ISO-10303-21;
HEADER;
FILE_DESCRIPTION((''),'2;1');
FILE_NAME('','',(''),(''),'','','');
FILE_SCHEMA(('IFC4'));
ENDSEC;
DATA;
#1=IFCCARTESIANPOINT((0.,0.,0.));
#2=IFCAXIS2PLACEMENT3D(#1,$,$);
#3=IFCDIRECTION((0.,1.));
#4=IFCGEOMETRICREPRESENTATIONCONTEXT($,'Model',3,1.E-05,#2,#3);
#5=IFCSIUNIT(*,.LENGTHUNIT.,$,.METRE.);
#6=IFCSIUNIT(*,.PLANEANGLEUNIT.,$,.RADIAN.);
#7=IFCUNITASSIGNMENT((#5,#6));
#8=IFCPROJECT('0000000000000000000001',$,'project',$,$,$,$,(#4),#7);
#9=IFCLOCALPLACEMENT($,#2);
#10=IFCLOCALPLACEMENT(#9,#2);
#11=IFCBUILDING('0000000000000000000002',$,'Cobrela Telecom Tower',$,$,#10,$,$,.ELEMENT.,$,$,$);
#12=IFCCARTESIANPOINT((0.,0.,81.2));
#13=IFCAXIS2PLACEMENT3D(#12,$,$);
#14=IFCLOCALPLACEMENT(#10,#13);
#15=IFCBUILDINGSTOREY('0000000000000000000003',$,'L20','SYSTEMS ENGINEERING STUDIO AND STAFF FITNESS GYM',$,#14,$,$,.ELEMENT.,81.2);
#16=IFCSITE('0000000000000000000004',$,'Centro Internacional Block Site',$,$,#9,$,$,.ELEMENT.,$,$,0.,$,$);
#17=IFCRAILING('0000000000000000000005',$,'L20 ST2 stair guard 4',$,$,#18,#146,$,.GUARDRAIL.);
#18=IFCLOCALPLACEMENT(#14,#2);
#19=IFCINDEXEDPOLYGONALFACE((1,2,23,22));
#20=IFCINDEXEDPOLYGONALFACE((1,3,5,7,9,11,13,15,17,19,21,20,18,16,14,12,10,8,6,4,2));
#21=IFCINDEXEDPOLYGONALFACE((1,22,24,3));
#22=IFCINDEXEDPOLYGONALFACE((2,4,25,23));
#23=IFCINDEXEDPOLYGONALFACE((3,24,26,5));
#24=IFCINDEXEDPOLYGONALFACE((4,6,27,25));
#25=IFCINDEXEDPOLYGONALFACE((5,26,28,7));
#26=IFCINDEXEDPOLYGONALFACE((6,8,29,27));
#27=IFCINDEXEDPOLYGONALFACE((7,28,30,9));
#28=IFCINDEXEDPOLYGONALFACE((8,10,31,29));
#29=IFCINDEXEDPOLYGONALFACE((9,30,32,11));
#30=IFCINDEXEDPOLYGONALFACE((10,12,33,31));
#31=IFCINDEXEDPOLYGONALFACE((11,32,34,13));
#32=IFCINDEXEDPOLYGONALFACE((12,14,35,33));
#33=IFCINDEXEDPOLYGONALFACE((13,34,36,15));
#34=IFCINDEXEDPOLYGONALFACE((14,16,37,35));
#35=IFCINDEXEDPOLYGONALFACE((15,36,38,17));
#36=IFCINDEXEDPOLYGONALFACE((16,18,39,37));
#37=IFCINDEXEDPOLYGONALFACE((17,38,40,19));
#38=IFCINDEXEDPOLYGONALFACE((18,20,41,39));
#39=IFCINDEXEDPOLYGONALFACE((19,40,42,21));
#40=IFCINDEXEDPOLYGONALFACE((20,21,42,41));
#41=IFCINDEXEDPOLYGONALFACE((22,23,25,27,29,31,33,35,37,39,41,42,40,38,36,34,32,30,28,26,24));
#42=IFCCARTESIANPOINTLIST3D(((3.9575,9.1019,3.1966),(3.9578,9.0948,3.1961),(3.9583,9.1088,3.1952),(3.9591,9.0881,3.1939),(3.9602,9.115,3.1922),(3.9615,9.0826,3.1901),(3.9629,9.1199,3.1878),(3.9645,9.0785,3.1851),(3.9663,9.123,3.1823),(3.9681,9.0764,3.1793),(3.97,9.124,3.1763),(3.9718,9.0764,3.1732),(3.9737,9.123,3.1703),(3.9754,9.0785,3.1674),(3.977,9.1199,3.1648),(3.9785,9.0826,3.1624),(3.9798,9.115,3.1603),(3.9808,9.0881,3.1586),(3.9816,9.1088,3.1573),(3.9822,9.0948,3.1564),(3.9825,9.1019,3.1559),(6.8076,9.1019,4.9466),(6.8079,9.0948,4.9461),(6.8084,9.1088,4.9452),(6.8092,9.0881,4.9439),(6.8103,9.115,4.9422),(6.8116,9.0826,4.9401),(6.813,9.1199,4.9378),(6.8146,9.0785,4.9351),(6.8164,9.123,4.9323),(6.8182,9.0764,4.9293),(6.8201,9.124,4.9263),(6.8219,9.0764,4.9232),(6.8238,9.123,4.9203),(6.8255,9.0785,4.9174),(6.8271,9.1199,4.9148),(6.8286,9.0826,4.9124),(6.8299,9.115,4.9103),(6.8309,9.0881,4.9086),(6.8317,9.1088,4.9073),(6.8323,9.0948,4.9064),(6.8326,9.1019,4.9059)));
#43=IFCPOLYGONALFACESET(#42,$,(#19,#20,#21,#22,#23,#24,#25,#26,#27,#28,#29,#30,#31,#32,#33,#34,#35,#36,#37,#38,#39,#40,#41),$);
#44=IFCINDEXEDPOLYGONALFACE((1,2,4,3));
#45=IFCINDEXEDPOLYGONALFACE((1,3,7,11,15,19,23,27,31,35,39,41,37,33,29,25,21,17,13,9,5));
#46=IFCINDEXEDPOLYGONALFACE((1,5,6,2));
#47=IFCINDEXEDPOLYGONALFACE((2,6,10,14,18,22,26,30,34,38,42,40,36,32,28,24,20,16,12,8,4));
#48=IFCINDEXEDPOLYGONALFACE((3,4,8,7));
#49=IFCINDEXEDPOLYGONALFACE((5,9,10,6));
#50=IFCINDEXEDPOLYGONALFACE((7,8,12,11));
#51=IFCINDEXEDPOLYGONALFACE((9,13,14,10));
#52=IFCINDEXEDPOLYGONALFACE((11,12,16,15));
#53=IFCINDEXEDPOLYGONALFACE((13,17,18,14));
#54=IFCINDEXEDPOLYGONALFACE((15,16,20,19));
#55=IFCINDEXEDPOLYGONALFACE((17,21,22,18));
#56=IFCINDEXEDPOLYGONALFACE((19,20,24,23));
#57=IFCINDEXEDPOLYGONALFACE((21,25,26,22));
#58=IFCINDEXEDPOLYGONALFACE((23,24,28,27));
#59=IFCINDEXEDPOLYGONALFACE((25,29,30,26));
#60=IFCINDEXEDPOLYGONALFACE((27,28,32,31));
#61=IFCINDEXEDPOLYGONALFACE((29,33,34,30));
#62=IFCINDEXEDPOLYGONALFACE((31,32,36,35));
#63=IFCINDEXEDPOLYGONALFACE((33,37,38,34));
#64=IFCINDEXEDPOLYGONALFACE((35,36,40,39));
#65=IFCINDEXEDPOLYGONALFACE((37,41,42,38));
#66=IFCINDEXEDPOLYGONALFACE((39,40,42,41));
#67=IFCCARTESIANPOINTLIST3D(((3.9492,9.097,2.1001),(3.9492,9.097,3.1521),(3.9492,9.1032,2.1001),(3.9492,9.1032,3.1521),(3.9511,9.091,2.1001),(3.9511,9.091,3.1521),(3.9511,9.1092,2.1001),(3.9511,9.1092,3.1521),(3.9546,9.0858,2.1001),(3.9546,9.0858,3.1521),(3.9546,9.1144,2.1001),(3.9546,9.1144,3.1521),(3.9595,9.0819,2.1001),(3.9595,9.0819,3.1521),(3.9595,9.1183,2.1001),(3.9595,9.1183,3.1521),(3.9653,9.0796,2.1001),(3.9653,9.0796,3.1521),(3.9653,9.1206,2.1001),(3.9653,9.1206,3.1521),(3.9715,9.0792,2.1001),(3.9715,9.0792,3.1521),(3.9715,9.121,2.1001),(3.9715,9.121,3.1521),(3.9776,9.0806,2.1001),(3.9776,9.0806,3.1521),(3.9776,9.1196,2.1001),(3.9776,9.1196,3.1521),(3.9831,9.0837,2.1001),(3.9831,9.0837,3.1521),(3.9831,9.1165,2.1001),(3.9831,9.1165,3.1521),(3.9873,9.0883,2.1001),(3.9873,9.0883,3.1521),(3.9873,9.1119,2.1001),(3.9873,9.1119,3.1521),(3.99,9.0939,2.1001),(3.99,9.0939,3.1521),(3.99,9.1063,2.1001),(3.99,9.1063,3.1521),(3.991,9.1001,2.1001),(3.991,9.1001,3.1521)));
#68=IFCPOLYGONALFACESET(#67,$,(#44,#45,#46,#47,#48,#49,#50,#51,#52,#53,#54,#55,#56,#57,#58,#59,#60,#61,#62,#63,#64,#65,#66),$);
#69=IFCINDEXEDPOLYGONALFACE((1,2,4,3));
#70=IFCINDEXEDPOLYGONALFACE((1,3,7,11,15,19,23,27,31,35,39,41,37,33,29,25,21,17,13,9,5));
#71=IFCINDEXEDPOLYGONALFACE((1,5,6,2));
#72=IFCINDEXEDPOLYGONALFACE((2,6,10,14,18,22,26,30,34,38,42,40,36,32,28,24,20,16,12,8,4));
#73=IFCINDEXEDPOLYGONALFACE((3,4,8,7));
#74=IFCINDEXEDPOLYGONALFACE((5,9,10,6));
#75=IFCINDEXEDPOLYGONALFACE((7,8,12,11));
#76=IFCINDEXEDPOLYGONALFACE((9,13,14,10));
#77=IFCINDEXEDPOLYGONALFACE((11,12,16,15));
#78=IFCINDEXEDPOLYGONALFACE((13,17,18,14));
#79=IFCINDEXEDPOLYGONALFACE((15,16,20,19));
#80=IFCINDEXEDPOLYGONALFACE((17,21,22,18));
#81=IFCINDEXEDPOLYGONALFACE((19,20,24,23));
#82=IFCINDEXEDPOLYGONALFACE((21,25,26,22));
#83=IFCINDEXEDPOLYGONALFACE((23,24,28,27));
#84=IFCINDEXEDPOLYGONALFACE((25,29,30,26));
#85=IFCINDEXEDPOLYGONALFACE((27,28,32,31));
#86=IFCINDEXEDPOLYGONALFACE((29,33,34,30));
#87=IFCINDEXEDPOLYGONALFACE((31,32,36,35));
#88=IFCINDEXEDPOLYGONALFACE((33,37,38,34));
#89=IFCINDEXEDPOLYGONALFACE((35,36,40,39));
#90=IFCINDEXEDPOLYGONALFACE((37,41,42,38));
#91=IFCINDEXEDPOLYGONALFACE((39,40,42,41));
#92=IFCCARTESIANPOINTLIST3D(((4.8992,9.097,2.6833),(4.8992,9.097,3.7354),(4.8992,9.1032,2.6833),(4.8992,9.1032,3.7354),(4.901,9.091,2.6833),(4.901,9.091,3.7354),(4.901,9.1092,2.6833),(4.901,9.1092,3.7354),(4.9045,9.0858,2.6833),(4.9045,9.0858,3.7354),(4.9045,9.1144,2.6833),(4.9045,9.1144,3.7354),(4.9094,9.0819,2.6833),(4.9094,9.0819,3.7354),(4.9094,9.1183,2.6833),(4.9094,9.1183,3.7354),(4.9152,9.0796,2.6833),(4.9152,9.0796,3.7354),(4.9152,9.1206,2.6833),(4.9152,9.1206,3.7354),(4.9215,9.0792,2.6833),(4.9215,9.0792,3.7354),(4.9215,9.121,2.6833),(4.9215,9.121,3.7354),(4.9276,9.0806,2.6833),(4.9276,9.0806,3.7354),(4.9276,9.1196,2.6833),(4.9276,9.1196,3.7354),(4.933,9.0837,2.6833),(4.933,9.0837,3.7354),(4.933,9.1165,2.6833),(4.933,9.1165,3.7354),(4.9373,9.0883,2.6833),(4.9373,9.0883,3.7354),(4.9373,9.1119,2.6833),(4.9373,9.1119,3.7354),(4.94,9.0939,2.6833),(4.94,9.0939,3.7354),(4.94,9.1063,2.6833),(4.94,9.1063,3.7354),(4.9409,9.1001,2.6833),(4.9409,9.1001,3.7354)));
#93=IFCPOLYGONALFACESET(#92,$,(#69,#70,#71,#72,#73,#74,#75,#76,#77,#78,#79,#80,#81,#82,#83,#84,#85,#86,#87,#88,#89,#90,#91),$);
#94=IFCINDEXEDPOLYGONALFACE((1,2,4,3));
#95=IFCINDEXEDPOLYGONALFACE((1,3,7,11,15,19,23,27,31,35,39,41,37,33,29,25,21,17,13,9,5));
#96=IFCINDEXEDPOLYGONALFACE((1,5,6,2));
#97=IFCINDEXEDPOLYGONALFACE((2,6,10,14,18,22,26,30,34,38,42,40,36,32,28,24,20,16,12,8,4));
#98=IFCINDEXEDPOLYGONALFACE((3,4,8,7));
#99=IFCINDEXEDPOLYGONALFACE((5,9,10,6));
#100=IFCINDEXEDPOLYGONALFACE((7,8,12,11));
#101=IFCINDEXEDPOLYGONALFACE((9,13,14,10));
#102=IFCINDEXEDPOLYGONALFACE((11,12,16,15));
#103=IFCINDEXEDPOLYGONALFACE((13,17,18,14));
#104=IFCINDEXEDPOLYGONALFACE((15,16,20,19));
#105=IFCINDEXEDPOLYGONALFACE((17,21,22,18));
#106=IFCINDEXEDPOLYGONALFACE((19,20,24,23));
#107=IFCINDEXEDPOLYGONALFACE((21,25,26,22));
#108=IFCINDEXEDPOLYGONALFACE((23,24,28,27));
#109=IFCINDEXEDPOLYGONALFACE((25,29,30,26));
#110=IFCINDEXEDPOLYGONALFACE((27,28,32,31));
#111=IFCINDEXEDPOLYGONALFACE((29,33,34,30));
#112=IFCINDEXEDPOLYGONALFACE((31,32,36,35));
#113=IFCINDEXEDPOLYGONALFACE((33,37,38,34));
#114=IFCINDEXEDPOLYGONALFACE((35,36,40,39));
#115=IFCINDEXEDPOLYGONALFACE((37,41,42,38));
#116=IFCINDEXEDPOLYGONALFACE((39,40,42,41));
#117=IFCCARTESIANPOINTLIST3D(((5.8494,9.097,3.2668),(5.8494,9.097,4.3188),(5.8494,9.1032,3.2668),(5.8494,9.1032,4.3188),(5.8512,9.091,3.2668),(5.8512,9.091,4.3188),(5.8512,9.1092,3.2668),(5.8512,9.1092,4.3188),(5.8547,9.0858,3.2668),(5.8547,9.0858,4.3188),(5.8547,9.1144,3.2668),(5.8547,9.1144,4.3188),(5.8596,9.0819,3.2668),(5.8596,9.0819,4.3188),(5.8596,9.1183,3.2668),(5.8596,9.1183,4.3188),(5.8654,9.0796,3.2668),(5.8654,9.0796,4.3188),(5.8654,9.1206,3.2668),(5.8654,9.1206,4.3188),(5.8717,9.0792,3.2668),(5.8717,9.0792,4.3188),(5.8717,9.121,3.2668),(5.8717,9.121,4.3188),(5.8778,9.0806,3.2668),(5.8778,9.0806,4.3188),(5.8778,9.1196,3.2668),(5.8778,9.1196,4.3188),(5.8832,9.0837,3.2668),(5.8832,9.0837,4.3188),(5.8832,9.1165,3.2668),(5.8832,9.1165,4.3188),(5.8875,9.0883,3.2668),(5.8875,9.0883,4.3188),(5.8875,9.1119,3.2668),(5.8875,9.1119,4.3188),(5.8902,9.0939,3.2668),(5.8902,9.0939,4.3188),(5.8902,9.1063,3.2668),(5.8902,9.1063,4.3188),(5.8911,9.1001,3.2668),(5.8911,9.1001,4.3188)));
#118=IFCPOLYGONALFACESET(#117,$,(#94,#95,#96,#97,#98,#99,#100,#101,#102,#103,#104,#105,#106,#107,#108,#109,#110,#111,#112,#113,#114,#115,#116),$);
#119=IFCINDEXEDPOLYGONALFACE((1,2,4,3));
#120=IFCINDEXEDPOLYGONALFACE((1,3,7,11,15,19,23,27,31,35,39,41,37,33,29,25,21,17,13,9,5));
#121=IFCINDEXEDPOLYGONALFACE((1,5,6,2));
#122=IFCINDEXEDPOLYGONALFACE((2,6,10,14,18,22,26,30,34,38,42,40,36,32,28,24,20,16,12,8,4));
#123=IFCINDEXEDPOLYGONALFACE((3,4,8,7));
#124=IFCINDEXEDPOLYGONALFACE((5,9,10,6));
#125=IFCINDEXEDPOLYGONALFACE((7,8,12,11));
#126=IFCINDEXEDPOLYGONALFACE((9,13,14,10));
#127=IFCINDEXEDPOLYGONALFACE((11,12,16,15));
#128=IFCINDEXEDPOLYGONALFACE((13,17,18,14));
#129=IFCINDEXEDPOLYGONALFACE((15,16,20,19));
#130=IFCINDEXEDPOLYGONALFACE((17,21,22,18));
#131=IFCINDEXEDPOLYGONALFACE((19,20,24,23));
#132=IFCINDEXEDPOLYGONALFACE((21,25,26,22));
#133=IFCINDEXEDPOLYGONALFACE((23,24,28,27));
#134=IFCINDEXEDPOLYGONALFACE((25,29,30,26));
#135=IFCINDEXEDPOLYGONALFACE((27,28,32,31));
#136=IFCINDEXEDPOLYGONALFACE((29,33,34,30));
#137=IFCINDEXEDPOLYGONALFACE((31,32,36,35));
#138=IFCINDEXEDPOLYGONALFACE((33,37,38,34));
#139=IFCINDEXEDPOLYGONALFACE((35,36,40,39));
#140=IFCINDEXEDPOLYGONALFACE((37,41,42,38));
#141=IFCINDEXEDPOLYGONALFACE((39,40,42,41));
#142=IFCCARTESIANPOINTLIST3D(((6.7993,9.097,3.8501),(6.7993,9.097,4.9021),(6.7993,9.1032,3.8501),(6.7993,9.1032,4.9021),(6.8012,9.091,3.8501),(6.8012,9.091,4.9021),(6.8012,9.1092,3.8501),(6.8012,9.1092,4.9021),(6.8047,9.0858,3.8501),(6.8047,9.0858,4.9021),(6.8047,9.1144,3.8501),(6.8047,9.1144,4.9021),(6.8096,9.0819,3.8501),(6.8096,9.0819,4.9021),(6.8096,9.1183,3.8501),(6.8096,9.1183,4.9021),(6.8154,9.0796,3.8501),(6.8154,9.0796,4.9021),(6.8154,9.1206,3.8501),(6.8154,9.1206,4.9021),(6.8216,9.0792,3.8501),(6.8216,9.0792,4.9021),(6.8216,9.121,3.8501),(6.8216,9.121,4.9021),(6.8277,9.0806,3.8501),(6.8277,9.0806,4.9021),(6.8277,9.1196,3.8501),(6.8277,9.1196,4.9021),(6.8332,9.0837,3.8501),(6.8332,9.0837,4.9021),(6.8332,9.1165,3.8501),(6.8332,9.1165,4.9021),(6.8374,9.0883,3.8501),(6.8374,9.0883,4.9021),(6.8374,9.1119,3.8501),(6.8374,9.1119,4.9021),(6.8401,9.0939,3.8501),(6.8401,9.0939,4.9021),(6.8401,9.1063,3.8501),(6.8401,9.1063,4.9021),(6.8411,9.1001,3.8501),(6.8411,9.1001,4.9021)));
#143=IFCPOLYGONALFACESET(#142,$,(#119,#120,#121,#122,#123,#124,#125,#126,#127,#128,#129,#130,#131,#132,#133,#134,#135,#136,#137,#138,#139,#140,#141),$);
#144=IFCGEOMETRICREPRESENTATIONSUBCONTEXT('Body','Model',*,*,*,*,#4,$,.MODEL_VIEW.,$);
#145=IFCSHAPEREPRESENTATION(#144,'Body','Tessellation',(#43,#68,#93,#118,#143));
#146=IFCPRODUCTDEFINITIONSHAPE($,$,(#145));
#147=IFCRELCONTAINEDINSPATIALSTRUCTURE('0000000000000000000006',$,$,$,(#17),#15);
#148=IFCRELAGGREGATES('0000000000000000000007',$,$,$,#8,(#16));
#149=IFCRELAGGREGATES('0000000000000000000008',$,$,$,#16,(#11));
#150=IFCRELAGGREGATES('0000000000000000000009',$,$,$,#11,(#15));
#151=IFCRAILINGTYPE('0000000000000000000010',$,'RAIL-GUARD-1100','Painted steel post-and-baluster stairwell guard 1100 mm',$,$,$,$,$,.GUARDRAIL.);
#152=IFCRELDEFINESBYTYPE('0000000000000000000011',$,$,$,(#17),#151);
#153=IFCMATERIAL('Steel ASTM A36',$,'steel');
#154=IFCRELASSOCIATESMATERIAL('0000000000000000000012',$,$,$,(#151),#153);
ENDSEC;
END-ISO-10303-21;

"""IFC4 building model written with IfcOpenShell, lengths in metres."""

from ifc_helpers import new_model, si_unit, direction, frame, origin, origin_2d, place, context, subcontext, project, spatial, circle, extrude, material, type_object, element, save


model = new_model("IFC4")

# Units and contexts
model_context = context("Model", 3, precision=1e-05, world=origin(), true_north=direction((0.0, 1.0)))
body_context = subcontext(model_context, "Body", "Model", "MODEL_VIEW")
ifc_project = project(units=[si_unit("LENGTHUNIT", "METRE"), si_unit("PLANEANGLEUNIT", "RADIAN")], contexts=[model_context])

# Site, building, storey
site_placement = place(None, origin())
site = spatial("IfcSite", under=ifc_project, at=site_placement, Name="Centro Internacional Block Site", CompositionType="ELEMENT", RefElevation=0.0)
building_placement = place(site_placement, origin())
building = spatial("IfcBuilding", under=site, at=building_placement, Name="Cobrela Telecom Tower", CompositionType="ELEMENT")
storey_placement = place(building_placement, frame((0.0, 0.0, 81.2)))
storey = spatial("IfcBuildingStorey", under=building, at=storey_placement, Name="L20", Description="SYSTEMS ENGINEERING STUDIO AND STAFF FITNESS GYM", CompositionType="ELEMENT", Elevation=81.2)

# Railing
ifc_material_1 = material(Name="Steel ASTM A36", Category="steel")
railing_type_1 = type_object("IfcRailingType", Name="RAIL-GUARD-1100", Description="Painted steel post-and-baluster stairwell guard 1100 mm", PredefinedType="GUARDRAIL", material=ifc_material_1)
railing_1_placement = place(storey_placement, frame((3.97, 9.1001, 2.1001)))
element("IfcRailing", 1, at=railing_1_placement, inside=storey, type_object=railing_type_1, Name="L20 ST2 stair guard 4", PredefinedType="GUARDRAIL", context=body_context, shape_type="SweptSolid", body=[
    extrude(circle(Radius=0.0239, at=origin_2d()), frame((0.0, 0.0, 1.0762), z_axis=(0.852179, 0.0, 0.52325), x_axis=(0.0, 1.0, 0.0)), (0.0, 0.0, 1.0), 3.3445),
    extrude(circle(Radius=0.021, at=origin_2d()), origin(), (0.0, 0.0, 1.0), 1.052),
    extrude(circle(Radius=0.021, at=origin_2d()), frame((0.95, 0.0, 0.5833)), (0.0, 0.0, 1.0), 1.052),
    extrude(circle(Radius=0.021, at=origin_2d()), frame((1.9001, 0.0, 1.1667)), (0.0, 0.0, 1.0), 1.052),
    extrude(circle(Radius=0.021, at=origin_2d()), frame((2.8501, 0.0, 1.75)), (0.0, 0.0, 1.0), 1.052),
])

save(model, "model.ifc")
